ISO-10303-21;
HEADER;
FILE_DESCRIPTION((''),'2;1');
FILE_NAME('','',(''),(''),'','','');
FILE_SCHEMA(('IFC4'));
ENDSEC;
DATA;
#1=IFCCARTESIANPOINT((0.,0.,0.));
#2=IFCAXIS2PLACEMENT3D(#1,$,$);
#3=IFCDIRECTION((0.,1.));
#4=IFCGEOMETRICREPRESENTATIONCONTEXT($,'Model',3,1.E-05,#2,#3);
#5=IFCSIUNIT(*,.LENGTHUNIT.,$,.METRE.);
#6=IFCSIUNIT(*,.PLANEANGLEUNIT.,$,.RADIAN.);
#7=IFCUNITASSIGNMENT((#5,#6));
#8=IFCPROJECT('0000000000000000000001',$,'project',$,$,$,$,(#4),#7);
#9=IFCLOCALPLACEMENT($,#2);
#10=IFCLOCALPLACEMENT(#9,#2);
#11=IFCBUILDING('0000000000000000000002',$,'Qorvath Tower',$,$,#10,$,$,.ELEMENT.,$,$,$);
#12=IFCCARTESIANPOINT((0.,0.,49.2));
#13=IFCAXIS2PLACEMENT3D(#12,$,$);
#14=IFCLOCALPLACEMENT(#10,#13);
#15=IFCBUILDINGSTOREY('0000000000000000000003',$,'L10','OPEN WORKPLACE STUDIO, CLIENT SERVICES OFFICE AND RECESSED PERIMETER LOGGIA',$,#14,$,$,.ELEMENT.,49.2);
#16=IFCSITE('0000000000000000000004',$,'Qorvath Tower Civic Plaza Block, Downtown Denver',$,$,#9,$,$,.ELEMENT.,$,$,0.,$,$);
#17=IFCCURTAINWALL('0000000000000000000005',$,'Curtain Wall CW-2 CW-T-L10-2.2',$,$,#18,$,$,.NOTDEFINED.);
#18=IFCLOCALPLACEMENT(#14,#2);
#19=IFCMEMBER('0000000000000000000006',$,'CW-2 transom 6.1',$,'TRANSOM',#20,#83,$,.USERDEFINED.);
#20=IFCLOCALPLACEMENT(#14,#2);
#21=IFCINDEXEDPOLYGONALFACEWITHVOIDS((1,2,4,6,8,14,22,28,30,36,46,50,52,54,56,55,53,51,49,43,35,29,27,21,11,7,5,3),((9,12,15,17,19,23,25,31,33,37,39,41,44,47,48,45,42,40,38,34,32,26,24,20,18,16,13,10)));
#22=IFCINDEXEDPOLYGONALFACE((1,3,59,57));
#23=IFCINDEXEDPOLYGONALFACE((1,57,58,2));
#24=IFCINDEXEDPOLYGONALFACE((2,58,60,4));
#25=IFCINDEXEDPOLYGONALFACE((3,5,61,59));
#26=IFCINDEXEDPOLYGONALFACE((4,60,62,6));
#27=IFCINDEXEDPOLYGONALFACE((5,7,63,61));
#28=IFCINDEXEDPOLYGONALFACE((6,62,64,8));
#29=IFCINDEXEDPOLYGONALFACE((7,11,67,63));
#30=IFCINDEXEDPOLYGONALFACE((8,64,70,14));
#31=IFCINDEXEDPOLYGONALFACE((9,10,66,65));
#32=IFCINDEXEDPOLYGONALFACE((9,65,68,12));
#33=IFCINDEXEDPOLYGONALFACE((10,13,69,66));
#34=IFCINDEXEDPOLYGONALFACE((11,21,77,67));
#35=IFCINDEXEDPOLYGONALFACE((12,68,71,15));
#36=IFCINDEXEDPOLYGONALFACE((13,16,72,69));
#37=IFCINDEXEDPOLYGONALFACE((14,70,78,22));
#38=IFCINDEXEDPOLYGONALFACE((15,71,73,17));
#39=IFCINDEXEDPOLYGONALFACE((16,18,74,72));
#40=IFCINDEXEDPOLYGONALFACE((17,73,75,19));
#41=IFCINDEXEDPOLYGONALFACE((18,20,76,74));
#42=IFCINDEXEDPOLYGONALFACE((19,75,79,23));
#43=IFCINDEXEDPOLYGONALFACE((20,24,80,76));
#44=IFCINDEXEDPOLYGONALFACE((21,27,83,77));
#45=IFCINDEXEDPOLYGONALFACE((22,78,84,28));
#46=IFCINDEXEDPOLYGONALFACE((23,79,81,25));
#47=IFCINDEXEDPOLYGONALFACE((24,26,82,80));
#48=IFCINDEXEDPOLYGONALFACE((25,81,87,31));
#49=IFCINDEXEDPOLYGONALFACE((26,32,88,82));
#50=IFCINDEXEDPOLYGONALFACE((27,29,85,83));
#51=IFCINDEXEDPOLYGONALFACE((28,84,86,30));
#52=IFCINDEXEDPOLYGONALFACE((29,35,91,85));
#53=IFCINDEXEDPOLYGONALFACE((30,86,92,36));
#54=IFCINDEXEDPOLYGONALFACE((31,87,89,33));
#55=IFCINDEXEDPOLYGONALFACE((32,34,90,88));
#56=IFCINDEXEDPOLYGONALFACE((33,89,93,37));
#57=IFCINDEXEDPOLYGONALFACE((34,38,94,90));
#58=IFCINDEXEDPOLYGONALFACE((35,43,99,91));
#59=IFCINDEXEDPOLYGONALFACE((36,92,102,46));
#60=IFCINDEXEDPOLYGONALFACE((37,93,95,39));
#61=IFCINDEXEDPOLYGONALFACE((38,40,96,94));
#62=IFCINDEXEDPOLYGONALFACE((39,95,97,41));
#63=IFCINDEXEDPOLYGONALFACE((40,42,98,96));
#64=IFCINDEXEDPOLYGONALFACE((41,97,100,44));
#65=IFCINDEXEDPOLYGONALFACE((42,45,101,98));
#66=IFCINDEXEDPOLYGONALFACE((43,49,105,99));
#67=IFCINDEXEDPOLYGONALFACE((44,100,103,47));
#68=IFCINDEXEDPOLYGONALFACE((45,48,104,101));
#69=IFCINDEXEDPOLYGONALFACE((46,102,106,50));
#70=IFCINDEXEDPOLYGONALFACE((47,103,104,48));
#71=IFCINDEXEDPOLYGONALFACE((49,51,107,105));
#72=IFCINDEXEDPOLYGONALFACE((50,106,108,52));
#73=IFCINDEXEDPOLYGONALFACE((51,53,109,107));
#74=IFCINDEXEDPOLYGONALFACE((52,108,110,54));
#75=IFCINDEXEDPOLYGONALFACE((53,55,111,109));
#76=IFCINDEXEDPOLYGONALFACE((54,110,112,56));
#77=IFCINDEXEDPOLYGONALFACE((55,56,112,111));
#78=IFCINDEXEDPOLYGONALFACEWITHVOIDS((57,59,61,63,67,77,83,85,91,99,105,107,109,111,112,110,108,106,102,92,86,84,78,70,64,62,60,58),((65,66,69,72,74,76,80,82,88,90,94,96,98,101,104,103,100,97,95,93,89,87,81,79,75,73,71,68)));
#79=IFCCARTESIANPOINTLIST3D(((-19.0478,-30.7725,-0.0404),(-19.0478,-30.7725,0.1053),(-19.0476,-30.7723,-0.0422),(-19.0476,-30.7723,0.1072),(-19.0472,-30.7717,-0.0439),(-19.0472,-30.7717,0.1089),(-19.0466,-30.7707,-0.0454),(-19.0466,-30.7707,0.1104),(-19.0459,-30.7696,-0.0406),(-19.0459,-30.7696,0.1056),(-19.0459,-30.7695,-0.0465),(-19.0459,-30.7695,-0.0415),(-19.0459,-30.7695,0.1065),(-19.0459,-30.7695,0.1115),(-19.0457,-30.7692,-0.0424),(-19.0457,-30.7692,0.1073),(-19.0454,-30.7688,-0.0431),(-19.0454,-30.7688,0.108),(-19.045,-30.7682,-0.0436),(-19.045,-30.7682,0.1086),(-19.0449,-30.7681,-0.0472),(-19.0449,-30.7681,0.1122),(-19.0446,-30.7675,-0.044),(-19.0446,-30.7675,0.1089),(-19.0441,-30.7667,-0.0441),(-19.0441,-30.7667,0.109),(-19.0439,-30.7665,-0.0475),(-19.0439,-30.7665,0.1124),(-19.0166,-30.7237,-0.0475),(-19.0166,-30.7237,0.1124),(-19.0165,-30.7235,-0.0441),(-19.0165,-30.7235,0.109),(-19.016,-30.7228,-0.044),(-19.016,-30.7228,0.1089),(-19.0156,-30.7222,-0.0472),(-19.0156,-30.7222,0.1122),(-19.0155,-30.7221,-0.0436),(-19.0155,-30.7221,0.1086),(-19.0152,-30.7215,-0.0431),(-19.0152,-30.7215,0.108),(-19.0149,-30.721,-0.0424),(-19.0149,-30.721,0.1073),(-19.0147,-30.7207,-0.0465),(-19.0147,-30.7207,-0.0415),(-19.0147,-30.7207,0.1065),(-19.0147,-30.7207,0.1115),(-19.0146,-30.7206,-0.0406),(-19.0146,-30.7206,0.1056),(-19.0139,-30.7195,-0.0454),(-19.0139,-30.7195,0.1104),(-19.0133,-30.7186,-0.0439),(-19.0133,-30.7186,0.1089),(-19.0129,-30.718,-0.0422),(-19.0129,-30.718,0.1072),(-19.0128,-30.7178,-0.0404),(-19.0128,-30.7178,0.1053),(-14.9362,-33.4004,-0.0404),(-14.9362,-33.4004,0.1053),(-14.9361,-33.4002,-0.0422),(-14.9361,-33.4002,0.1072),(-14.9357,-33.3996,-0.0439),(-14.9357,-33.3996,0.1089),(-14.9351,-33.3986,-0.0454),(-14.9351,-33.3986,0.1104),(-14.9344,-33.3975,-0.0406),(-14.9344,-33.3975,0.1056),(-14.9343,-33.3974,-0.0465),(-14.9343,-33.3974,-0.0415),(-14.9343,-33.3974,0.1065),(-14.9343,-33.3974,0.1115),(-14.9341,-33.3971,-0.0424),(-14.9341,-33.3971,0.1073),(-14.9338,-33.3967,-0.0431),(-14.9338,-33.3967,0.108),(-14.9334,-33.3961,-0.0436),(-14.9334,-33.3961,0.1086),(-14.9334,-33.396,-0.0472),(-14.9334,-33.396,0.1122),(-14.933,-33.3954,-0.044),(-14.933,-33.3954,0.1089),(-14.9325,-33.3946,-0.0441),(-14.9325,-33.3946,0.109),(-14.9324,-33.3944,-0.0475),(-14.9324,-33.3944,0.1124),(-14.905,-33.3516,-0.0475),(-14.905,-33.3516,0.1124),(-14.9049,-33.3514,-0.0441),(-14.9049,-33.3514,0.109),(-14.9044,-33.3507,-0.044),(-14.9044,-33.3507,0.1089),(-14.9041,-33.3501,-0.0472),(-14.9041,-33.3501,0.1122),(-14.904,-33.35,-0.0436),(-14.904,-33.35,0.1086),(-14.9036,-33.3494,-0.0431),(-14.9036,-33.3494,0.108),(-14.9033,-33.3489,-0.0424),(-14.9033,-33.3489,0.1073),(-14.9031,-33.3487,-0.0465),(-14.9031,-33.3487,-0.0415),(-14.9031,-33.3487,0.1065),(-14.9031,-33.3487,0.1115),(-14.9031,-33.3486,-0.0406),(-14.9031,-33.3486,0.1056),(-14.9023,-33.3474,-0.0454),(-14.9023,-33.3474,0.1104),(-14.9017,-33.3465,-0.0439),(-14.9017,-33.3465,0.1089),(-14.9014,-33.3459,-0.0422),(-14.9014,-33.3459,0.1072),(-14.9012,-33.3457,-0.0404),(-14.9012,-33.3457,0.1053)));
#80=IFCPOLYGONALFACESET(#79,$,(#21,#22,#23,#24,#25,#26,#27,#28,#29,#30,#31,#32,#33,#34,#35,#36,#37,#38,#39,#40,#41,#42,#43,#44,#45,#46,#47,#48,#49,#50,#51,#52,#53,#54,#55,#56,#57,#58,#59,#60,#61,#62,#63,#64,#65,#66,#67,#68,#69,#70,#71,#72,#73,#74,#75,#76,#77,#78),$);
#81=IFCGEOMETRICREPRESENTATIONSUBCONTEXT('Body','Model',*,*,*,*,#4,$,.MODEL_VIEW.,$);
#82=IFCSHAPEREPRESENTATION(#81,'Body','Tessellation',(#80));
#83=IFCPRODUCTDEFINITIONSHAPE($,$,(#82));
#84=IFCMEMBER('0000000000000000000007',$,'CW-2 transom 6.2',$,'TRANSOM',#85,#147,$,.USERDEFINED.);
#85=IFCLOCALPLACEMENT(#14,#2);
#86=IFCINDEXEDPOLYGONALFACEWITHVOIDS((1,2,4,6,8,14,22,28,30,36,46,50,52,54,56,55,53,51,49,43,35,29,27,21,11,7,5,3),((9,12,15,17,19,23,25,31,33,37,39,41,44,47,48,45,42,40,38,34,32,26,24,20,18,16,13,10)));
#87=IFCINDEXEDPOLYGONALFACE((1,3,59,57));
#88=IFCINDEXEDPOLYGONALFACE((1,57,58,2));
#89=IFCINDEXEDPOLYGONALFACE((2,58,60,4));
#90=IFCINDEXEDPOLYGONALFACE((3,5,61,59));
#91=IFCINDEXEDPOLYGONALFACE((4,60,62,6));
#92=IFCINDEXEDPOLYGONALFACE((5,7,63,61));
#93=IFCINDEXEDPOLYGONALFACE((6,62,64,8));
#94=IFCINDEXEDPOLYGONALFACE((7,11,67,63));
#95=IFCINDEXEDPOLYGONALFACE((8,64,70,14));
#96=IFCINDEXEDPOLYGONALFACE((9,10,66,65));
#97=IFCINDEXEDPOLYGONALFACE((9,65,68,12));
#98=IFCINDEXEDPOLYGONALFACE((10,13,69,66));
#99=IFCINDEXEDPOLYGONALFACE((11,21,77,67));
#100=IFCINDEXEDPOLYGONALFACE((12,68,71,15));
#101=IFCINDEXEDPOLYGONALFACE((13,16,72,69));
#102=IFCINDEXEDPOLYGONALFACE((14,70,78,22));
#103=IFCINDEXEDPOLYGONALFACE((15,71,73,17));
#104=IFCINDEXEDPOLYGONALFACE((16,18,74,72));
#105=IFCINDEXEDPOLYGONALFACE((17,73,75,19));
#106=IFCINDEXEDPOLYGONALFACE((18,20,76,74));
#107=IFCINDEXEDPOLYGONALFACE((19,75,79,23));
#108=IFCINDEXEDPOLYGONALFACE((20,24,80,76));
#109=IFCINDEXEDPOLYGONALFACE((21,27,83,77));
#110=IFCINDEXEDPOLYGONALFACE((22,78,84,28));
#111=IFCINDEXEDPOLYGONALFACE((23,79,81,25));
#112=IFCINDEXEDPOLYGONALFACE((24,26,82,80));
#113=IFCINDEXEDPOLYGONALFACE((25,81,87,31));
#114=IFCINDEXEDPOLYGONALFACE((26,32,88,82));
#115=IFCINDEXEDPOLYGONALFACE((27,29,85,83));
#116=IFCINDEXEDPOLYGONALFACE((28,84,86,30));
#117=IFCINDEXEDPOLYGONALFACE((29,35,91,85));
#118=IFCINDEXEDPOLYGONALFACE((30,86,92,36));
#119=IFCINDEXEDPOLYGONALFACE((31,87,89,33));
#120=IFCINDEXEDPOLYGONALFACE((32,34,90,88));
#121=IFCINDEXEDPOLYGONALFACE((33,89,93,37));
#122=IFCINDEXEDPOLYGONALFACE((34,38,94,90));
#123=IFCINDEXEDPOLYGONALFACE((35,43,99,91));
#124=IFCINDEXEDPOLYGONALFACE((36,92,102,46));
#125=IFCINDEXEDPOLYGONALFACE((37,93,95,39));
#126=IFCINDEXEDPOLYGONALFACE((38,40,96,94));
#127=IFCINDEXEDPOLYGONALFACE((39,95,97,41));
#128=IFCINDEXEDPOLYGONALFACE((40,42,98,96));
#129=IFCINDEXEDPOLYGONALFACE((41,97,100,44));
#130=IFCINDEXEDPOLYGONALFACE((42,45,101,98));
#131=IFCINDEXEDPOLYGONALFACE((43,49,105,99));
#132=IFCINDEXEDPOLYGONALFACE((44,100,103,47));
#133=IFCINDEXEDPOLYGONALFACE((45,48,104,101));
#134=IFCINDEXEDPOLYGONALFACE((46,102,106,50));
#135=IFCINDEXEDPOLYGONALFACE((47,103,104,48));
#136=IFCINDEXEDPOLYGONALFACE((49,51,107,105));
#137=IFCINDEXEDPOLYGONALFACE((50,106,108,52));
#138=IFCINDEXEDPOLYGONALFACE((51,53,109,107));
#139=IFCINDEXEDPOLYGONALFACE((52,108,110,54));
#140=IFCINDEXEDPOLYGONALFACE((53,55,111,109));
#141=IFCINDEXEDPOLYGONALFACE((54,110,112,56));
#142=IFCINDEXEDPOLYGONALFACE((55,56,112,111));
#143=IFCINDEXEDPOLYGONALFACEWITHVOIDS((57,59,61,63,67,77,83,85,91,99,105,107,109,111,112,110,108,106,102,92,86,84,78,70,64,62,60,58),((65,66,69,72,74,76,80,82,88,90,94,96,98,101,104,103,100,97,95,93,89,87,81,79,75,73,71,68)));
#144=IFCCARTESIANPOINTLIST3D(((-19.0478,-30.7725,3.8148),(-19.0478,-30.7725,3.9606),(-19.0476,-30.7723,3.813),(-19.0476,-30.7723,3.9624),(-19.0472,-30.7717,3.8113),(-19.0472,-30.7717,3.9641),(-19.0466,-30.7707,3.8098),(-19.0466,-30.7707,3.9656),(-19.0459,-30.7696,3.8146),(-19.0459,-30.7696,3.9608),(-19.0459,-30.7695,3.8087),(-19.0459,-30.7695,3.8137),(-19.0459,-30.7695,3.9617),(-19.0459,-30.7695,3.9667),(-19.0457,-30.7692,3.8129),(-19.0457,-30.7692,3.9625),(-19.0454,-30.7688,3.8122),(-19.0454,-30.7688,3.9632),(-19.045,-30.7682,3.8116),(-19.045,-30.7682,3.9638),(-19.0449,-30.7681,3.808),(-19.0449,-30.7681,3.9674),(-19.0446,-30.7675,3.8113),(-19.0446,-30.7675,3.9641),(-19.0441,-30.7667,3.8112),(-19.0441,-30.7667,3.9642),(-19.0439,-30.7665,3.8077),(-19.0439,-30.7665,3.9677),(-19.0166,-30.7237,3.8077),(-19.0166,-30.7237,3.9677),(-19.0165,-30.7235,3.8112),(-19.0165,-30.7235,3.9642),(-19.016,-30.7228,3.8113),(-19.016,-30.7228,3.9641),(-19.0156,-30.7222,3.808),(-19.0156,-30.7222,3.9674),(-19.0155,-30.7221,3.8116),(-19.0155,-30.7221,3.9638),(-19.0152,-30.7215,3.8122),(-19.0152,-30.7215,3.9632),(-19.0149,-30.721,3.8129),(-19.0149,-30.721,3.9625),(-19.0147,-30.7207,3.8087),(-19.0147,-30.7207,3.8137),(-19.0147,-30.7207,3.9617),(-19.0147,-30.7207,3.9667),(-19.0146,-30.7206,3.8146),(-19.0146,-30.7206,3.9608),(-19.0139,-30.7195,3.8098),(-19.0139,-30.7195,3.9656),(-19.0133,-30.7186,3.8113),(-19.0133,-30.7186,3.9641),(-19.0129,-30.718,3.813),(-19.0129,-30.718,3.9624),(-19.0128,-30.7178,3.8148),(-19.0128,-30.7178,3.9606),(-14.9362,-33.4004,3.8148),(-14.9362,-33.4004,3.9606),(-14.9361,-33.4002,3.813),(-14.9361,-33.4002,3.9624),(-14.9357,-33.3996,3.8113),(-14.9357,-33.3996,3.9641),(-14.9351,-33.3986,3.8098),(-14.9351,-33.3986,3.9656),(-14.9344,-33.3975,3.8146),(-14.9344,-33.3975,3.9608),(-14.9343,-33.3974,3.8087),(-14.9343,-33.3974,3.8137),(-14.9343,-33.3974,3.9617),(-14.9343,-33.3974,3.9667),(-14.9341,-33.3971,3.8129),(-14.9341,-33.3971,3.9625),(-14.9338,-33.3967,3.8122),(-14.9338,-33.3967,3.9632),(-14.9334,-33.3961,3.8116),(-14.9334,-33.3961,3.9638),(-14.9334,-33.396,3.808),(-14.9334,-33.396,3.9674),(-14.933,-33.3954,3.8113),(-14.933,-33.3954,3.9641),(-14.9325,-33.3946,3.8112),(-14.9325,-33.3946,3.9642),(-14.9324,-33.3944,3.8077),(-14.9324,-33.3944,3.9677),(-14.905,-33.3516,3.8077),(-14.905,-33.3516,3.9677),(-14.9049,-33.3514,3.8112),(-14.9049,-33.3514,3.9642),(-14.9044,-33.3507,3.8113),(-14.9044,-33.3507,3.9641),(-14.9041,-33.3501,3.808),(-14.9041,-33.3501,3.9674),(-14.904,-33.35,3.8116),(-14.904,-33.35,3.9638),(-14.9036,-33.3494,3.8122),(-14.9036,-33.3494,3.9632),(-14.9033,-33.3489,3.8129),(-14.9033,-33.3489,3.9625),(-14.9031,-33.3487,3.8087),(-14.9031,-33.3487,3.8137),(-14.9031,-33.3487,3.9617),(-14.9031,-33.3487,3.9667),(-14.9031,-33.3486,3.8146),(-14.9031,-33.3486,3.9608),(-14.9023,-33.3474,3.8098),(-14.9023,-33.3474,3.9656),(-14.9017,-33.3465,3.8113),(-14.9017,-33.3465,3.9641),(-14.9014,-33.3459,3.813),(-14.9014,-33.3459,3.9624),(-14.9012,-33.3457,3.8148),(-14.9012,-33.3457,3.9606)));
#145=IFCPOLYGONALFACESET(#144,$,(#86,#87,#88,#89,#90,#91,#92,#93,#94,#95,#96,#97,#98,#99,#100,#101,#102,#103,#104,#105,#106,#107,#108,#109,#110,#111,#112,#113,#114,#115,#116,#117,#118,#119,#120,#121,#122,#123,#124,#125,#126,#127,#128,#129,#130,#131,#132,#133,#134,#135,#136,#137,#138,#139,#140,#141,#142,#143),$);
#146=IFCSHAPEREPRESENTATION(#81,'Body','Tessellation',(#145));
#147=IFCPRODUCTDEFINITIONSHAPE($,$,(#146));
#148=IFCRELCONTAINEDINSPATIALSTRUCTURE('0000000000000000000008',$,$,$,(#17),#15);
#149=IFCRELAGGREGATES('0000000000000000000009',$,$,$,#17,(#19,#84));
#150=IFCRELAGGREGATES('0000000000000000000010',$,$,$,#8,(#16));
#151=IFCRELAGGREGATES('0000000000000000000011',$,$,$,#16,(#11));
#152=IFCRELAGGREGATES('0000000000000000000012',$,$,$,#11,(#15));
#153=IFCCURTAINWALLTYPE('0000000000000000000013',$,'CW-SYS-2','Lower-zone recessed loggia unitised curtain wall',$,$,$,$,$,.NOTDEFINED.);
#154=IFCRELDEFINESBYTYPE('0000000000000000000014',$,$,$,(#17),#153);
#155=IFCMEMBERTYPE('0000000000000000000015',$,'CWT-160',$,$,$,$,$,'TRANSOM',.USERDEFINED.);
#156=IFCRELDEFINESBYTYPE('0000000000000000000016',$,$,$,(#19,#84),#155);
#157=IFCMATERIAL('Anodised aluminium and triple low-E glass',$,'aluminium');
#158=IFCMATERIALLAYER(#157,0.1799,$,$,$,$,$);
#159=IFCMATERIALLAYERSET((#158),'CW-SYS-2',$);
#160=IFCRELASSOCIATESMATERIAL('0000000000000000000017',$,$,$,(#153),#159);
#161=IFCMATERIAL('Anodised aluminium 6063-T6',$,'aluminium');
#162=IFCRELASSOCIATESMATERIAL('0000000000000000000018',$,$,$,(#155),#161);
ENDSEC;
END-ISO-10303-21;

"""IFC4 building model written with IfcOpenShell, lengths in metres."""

from ifc_helpers import new_model, si_unit, direction, frame, origin, origin_2d, place, context, subcontext, project, spatial, hollow_rectangle, extrude, material, layer, layer_set, material_profile, profile_set, type_object, element, aggregate, save


model = new_model("IFC4")

# Units and contexts
model_context = context("Model", 3, precision=1e-05, world=origin(), true_north=direction((0.0, 1.0)))
body_context = subcontext(model_context, "Body", "Model", "MODEL_VIEW")
ifc_project = project(units=[si_unit("LENGTHUNIT", "METRE"), si_unit("PLANEANGLEUNIT", "RADIAN")], contexts=[model_context])

# Site, building, storey
site_placement = place(None, origin())
site = spatial("IfcSite", under=ifc_project, at=site_placement, Name="Qorvath Tower Civic Plaza Block, Downtown Denver", CompositionType="ELEMENT", RefElevation=0.0)
building_placement = place(site_placement, origin())
building = spatial("IfcBuilding", under=site, at=building_placement, Name="Qorvath Tower", CompositionType="ELEMENT")
storey_placement = place(building_placement, frame((0.0, 0.0, 49.2)))
storey = spatial("IfcBuildingStorey", under=building, at=storey_placement, Name="L10", Description="OPEN WORKPLACE STUDIO, CLIENT SERVICES OFFICE AND RECESSED PERIMETER LOGGIA", CompositionType="ELEMENT", Elevation=49.2)

# Curtain wall
ifc_material_1 = material(Name="Anodised aluminium and triple low-E glass", Category="aluminium")
ifc_layer_1 = layer(ifc_material_1, 0.1799)
ifc_layer_set_1 = layer_set([ifc_layer_1], Name="CW-SYS-2")
curtain_wall_type = type_object("IfcCurtainWallType", Name="CW-SYS-2", Description="Lower-zone recessed loggia unitised curtain wall", PredefinedType="NOTDEFINED", material=ifc_layer_set_1)
curtain_wall_1_placement = place(storey_placement, origin())
curtain_wall_1 = element("IfcCurtainWall", 1, at=curtain_wall_1_placement, inside=storey, type_object=curtain_wall_type, Name="Curtain Wall CW-2 CW-T-L10-2.2", PredefinedType="NOTDEFINED")

# Members
ifc_material_2 = material(Name="Anodised aluminium 6063-T6", Category="aluminium")
ifc_material_profile_1 = material_profile(ifc_material_2, hollow_rectangle(XDim=0.0649, YDim=0.1599, WallThickness=0.0034, InnerFilletRadius=0.0034, OuterFilletRadius=0.0071, at=origin_2d()), Name="CWT 160x65")
ifc_profile_set_1 = profile_set([ifc_material_profile_1], Name="Anodised aluminium 6063-T6")
member_type_1 = type_object("IfcMemberType", Name="CWT-160", ElementType="TRANSOM", PredefinedType="USERDEFINED", material=ifc_profile_set_1)
member_1_placement = place(storey_placement, frame((-19.0303, -30.7451, 0.0325), z_axis=(0.842595, -0.538548, 0.0), x_axis=(0.538548, 0.842595, 0.0)))
member_1 = element("IfcMember", 2, at=member_1_placement, type_object=member_type_1, Name="CW-2 transom 6.1", ObjectType="TRANSOM", PredefinedType="USERDEFINED", context=body_context, shape_type="SweptSolid", body=[
    extrude(hollow_rectangle(XDim=0.0649, YDim=0.1599, WallThickness=0.0034, InnerFilletRadius=0.0034, OuterFilletRadius=0.0071, at=origin_2d()), origin(), (0.0, 0.0, 1.0), 4.8796),
])
member_2_placement = place(storey_placement, frame((-19.0303, -30.7451, 3.8877), z_axis=(0.842595, -0.538548, 0.0), x_axis=(0.538548, 0.842595, 0.0)))
member_2 = element("IfcMember", 3, at=member_2_placement, type_object=member_type_1, Name="CW-2 transom 6.2", ObjectType="TRANSOM", PredefinedType="USERDEFINED", context=body_context, shape_type="SweptSolid", body=[
    extrude(hollow_rectangle(XDim=0.0649, YDim=0.1599, WallThickness=0.0034, InnerFilletRadius=0.0034, OuterFilletRadius=0.0071, at=origin_2d()), origin(), (0.0, 0.0, 1.0), 4.8796),
])

aggregate(curtain_wall_1, [member_1, member_2])

save(model, "model.ifc")
